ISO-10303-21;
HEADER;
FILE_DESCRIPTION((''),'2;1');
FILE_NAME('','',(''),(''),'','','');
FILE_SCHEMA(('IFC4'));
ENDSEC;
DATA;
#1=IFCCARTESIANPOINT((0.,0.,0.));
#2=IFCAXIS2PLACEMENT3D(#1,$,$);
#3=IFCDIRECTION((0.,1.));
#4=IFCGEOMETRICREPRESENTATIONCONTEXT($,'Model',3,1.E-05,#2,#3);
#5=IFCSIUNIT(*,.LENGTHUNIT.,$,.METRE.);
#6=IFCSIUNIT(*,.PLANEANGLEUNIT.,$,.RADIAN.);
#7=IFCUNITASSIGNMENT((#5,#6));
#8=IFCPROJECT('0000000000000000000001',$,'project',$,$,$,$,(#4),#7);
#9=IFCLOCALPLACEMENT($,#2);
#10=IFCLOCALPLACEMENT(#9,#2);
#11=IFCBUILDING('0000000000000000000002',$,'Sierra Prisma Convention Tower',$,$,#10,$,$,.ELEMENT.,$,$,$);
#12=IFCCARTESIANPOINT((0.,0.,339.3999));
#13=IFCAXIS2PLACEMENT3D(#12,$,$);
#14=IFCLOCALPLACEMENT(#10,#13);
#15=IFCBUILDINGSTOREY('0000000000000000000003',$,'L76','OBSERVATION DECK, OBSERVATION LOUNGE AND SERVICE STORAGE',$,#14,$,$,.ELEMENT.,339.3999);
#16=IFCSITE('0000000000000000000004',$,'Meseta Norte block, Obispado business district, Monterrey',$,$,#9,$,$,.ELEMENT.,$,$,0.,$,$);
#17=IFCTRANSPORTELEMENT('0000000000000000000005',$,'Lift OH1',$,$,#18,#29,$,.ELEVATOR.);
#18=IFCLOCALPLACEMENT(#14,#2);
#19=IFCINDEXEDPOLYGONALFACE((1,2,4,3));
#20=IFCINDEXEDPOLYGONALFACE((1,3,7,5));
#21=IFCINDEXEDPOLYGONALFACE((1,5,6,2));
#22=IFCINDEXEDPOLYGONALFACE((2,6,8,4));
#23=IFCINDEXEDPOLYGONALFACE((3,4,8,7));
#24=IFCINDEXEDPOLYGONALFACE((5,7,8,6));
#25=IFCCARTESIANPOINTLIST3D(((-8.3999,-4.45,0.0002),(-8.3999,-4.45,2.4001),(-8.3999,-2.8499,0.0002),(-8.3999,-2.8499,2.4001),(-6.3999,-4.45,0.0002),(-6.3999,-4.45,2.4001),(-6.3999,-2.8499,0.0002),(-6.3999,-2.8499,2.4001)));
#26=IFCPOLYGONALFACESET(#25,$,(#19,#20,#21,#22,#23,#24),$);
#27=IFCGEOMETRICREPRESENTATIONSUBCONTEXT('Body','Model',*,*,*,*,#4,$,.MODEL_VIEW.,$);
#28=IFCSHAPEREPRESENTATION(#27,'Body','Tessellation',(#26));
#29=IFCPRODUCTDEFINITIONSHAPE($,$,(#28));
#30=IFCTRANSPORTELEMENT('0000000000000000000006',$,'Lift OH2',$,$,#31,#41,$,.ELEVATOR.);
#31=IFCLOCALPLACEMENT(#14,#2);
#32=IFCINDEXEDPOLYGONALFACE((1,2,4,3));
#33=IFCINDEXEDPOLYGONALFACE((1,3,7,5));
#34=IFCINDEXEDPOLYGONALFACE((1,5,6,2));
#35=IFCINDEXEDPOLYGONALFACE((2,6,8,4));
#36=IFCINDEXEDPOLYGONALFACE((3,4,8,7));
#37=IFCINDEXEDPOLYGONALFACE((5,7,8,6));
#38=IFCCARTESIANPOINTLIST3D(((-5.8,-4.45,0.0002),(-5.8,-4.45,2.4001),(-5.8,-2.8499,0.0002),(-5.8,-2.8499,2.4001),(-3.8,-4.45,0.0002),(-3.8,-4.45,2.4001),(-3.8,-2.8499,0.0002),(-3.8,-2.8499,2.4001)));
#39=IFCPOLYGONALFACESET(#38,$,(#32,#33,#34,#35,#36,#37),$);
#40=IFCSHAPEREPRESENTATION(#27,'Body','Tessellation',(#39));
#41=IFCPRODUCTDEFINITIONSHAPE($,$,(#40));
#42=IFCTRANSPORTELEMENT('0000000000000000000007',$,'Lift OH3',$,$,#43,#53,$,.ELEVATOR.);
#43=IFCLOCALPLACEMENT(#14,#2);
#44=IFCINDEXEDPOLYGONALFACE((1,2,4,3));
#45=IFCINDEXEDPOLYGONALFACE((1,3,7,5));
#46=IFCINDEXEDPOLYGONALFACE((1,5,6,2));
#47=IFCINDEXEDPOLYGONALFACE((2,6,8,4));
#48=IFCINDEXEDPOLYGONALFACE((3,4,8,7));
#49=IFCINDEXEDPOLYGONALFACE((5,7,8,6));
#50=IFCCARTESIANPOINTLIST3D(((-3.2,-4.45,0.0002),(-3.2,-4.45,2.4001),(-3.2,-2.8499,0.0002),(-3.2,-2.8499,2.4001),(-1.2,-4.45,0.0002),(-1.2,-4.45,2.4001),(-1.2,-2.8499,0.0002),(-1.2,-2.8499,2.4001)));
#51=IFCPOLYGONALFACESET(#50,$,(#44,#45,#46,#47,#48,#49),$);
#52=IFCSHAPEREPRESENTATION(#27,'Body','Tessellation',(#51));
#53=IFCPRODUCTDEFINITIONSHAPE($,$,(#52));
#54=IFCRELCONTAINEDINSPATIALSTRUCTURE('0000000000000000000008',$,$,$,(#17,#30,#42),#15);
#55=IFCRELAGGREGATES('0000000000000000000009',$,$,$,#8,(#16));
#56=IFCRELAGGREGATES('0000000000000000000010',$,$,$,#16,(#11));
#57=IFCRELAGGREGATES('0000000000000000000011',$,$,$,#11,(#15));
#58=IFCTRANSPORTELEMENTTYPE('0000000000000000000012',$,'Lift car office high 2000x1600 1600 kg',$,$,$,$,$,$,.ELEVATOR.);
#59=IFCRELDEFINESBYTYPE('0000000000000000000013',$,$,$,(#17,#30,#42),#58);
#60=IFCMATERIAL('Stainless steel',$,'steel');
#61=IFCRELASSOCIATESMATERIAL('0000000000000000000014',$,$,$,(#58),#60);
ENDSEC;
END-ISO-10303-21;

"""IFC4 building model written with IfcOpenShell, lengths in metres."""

from ifc_helpers import new_model, si_unit, direction, frame, origin, origin_2d, place, context, subcontext, project, spatial, rectangle, extrude, material, type_object, element, save


model = new_model("IFC4")

# Units and contexts
model_context = context("Model", 3, precision=1e-05, world=origin(), true_north=direction((0.0, 1.0)))
body_context = subcontext(model_context, "Body", "Model", "MODEL_VIEW")
ifc_project = project(units=[si_unit("LENGTHUNIT", "METRE"), si_unit("PLANEANGLEUNIT", "RADIAN")], contexts=[model_context])

# Site, building, storey
site_placement = place(None, origin())
site = spatial("IfcSite", under=ifc_project, at=site_placement, Name="Meseta Norte block, Obispado business district, Monterrey", CompositionType="ELEMENT", RefElevation=0.0)
building_placement = place(site_placement, origin())
building = spatial("IfcBuilding", under=site, at=building_placement, Name="Sierra Prisma Convention Tower", CompositionType="ELEMENT")
storey_placement = place(building_placement, frame((0.0, 0.0, 339.3999)))
storey = spatial("IfcBuildingStorey", under=building, at=storey_placement, Name="L76", Description="OBSERVATION DECK, OBSERVATION LOUNGE AND SERVICE STORAGE", CompositionType="ELEMENT", Elevation=339.3999)

# Transport elements
ifc_material_1 = material(Name="Stainless steel", Category="steel")
transport_element_type = type_object("IfcTransportElementType", Name="Lift car office high 2000x1600 1600 kg", PredefinedType="ELEVATOR", material=ifc_material_1)
for number, where, z_axis, x_axis, name in (
    (1, (-7.3999, -3.6499, 0.0002), (0.0, 0.0, 1.0), (1.0, 0.0, 0.0), "Lift OH1"),
    (2, (-4.8, -3.6499, 0.0002), (0.0, 0.0, 1.0), (1.0, 0.0, 0.0), "Lift OH2"),
    (3, (-2.2, -3.6499, 0.0002), (0.0, 0.0, 1.0), (1.0, 0.0, 0.0), "Lift OH3"),
):
    element("IfcTransportElement", number, at=place(storey_placement, frame(where, z_axis=z_axis, x_axis=x_axis)), inside=storey, type_object=transport_element_type, Name=name, PredefinedType="ELEVATOR", context=body_context, shape_type="SweptSolid", body=[
        extrude(rectangle(XDim=2.0, YDim=1.6001, at=origin_2d()), origin(), (0.0, 0.0, 1.0), 2.3999),
    ])

save(model, "model.ifc")
